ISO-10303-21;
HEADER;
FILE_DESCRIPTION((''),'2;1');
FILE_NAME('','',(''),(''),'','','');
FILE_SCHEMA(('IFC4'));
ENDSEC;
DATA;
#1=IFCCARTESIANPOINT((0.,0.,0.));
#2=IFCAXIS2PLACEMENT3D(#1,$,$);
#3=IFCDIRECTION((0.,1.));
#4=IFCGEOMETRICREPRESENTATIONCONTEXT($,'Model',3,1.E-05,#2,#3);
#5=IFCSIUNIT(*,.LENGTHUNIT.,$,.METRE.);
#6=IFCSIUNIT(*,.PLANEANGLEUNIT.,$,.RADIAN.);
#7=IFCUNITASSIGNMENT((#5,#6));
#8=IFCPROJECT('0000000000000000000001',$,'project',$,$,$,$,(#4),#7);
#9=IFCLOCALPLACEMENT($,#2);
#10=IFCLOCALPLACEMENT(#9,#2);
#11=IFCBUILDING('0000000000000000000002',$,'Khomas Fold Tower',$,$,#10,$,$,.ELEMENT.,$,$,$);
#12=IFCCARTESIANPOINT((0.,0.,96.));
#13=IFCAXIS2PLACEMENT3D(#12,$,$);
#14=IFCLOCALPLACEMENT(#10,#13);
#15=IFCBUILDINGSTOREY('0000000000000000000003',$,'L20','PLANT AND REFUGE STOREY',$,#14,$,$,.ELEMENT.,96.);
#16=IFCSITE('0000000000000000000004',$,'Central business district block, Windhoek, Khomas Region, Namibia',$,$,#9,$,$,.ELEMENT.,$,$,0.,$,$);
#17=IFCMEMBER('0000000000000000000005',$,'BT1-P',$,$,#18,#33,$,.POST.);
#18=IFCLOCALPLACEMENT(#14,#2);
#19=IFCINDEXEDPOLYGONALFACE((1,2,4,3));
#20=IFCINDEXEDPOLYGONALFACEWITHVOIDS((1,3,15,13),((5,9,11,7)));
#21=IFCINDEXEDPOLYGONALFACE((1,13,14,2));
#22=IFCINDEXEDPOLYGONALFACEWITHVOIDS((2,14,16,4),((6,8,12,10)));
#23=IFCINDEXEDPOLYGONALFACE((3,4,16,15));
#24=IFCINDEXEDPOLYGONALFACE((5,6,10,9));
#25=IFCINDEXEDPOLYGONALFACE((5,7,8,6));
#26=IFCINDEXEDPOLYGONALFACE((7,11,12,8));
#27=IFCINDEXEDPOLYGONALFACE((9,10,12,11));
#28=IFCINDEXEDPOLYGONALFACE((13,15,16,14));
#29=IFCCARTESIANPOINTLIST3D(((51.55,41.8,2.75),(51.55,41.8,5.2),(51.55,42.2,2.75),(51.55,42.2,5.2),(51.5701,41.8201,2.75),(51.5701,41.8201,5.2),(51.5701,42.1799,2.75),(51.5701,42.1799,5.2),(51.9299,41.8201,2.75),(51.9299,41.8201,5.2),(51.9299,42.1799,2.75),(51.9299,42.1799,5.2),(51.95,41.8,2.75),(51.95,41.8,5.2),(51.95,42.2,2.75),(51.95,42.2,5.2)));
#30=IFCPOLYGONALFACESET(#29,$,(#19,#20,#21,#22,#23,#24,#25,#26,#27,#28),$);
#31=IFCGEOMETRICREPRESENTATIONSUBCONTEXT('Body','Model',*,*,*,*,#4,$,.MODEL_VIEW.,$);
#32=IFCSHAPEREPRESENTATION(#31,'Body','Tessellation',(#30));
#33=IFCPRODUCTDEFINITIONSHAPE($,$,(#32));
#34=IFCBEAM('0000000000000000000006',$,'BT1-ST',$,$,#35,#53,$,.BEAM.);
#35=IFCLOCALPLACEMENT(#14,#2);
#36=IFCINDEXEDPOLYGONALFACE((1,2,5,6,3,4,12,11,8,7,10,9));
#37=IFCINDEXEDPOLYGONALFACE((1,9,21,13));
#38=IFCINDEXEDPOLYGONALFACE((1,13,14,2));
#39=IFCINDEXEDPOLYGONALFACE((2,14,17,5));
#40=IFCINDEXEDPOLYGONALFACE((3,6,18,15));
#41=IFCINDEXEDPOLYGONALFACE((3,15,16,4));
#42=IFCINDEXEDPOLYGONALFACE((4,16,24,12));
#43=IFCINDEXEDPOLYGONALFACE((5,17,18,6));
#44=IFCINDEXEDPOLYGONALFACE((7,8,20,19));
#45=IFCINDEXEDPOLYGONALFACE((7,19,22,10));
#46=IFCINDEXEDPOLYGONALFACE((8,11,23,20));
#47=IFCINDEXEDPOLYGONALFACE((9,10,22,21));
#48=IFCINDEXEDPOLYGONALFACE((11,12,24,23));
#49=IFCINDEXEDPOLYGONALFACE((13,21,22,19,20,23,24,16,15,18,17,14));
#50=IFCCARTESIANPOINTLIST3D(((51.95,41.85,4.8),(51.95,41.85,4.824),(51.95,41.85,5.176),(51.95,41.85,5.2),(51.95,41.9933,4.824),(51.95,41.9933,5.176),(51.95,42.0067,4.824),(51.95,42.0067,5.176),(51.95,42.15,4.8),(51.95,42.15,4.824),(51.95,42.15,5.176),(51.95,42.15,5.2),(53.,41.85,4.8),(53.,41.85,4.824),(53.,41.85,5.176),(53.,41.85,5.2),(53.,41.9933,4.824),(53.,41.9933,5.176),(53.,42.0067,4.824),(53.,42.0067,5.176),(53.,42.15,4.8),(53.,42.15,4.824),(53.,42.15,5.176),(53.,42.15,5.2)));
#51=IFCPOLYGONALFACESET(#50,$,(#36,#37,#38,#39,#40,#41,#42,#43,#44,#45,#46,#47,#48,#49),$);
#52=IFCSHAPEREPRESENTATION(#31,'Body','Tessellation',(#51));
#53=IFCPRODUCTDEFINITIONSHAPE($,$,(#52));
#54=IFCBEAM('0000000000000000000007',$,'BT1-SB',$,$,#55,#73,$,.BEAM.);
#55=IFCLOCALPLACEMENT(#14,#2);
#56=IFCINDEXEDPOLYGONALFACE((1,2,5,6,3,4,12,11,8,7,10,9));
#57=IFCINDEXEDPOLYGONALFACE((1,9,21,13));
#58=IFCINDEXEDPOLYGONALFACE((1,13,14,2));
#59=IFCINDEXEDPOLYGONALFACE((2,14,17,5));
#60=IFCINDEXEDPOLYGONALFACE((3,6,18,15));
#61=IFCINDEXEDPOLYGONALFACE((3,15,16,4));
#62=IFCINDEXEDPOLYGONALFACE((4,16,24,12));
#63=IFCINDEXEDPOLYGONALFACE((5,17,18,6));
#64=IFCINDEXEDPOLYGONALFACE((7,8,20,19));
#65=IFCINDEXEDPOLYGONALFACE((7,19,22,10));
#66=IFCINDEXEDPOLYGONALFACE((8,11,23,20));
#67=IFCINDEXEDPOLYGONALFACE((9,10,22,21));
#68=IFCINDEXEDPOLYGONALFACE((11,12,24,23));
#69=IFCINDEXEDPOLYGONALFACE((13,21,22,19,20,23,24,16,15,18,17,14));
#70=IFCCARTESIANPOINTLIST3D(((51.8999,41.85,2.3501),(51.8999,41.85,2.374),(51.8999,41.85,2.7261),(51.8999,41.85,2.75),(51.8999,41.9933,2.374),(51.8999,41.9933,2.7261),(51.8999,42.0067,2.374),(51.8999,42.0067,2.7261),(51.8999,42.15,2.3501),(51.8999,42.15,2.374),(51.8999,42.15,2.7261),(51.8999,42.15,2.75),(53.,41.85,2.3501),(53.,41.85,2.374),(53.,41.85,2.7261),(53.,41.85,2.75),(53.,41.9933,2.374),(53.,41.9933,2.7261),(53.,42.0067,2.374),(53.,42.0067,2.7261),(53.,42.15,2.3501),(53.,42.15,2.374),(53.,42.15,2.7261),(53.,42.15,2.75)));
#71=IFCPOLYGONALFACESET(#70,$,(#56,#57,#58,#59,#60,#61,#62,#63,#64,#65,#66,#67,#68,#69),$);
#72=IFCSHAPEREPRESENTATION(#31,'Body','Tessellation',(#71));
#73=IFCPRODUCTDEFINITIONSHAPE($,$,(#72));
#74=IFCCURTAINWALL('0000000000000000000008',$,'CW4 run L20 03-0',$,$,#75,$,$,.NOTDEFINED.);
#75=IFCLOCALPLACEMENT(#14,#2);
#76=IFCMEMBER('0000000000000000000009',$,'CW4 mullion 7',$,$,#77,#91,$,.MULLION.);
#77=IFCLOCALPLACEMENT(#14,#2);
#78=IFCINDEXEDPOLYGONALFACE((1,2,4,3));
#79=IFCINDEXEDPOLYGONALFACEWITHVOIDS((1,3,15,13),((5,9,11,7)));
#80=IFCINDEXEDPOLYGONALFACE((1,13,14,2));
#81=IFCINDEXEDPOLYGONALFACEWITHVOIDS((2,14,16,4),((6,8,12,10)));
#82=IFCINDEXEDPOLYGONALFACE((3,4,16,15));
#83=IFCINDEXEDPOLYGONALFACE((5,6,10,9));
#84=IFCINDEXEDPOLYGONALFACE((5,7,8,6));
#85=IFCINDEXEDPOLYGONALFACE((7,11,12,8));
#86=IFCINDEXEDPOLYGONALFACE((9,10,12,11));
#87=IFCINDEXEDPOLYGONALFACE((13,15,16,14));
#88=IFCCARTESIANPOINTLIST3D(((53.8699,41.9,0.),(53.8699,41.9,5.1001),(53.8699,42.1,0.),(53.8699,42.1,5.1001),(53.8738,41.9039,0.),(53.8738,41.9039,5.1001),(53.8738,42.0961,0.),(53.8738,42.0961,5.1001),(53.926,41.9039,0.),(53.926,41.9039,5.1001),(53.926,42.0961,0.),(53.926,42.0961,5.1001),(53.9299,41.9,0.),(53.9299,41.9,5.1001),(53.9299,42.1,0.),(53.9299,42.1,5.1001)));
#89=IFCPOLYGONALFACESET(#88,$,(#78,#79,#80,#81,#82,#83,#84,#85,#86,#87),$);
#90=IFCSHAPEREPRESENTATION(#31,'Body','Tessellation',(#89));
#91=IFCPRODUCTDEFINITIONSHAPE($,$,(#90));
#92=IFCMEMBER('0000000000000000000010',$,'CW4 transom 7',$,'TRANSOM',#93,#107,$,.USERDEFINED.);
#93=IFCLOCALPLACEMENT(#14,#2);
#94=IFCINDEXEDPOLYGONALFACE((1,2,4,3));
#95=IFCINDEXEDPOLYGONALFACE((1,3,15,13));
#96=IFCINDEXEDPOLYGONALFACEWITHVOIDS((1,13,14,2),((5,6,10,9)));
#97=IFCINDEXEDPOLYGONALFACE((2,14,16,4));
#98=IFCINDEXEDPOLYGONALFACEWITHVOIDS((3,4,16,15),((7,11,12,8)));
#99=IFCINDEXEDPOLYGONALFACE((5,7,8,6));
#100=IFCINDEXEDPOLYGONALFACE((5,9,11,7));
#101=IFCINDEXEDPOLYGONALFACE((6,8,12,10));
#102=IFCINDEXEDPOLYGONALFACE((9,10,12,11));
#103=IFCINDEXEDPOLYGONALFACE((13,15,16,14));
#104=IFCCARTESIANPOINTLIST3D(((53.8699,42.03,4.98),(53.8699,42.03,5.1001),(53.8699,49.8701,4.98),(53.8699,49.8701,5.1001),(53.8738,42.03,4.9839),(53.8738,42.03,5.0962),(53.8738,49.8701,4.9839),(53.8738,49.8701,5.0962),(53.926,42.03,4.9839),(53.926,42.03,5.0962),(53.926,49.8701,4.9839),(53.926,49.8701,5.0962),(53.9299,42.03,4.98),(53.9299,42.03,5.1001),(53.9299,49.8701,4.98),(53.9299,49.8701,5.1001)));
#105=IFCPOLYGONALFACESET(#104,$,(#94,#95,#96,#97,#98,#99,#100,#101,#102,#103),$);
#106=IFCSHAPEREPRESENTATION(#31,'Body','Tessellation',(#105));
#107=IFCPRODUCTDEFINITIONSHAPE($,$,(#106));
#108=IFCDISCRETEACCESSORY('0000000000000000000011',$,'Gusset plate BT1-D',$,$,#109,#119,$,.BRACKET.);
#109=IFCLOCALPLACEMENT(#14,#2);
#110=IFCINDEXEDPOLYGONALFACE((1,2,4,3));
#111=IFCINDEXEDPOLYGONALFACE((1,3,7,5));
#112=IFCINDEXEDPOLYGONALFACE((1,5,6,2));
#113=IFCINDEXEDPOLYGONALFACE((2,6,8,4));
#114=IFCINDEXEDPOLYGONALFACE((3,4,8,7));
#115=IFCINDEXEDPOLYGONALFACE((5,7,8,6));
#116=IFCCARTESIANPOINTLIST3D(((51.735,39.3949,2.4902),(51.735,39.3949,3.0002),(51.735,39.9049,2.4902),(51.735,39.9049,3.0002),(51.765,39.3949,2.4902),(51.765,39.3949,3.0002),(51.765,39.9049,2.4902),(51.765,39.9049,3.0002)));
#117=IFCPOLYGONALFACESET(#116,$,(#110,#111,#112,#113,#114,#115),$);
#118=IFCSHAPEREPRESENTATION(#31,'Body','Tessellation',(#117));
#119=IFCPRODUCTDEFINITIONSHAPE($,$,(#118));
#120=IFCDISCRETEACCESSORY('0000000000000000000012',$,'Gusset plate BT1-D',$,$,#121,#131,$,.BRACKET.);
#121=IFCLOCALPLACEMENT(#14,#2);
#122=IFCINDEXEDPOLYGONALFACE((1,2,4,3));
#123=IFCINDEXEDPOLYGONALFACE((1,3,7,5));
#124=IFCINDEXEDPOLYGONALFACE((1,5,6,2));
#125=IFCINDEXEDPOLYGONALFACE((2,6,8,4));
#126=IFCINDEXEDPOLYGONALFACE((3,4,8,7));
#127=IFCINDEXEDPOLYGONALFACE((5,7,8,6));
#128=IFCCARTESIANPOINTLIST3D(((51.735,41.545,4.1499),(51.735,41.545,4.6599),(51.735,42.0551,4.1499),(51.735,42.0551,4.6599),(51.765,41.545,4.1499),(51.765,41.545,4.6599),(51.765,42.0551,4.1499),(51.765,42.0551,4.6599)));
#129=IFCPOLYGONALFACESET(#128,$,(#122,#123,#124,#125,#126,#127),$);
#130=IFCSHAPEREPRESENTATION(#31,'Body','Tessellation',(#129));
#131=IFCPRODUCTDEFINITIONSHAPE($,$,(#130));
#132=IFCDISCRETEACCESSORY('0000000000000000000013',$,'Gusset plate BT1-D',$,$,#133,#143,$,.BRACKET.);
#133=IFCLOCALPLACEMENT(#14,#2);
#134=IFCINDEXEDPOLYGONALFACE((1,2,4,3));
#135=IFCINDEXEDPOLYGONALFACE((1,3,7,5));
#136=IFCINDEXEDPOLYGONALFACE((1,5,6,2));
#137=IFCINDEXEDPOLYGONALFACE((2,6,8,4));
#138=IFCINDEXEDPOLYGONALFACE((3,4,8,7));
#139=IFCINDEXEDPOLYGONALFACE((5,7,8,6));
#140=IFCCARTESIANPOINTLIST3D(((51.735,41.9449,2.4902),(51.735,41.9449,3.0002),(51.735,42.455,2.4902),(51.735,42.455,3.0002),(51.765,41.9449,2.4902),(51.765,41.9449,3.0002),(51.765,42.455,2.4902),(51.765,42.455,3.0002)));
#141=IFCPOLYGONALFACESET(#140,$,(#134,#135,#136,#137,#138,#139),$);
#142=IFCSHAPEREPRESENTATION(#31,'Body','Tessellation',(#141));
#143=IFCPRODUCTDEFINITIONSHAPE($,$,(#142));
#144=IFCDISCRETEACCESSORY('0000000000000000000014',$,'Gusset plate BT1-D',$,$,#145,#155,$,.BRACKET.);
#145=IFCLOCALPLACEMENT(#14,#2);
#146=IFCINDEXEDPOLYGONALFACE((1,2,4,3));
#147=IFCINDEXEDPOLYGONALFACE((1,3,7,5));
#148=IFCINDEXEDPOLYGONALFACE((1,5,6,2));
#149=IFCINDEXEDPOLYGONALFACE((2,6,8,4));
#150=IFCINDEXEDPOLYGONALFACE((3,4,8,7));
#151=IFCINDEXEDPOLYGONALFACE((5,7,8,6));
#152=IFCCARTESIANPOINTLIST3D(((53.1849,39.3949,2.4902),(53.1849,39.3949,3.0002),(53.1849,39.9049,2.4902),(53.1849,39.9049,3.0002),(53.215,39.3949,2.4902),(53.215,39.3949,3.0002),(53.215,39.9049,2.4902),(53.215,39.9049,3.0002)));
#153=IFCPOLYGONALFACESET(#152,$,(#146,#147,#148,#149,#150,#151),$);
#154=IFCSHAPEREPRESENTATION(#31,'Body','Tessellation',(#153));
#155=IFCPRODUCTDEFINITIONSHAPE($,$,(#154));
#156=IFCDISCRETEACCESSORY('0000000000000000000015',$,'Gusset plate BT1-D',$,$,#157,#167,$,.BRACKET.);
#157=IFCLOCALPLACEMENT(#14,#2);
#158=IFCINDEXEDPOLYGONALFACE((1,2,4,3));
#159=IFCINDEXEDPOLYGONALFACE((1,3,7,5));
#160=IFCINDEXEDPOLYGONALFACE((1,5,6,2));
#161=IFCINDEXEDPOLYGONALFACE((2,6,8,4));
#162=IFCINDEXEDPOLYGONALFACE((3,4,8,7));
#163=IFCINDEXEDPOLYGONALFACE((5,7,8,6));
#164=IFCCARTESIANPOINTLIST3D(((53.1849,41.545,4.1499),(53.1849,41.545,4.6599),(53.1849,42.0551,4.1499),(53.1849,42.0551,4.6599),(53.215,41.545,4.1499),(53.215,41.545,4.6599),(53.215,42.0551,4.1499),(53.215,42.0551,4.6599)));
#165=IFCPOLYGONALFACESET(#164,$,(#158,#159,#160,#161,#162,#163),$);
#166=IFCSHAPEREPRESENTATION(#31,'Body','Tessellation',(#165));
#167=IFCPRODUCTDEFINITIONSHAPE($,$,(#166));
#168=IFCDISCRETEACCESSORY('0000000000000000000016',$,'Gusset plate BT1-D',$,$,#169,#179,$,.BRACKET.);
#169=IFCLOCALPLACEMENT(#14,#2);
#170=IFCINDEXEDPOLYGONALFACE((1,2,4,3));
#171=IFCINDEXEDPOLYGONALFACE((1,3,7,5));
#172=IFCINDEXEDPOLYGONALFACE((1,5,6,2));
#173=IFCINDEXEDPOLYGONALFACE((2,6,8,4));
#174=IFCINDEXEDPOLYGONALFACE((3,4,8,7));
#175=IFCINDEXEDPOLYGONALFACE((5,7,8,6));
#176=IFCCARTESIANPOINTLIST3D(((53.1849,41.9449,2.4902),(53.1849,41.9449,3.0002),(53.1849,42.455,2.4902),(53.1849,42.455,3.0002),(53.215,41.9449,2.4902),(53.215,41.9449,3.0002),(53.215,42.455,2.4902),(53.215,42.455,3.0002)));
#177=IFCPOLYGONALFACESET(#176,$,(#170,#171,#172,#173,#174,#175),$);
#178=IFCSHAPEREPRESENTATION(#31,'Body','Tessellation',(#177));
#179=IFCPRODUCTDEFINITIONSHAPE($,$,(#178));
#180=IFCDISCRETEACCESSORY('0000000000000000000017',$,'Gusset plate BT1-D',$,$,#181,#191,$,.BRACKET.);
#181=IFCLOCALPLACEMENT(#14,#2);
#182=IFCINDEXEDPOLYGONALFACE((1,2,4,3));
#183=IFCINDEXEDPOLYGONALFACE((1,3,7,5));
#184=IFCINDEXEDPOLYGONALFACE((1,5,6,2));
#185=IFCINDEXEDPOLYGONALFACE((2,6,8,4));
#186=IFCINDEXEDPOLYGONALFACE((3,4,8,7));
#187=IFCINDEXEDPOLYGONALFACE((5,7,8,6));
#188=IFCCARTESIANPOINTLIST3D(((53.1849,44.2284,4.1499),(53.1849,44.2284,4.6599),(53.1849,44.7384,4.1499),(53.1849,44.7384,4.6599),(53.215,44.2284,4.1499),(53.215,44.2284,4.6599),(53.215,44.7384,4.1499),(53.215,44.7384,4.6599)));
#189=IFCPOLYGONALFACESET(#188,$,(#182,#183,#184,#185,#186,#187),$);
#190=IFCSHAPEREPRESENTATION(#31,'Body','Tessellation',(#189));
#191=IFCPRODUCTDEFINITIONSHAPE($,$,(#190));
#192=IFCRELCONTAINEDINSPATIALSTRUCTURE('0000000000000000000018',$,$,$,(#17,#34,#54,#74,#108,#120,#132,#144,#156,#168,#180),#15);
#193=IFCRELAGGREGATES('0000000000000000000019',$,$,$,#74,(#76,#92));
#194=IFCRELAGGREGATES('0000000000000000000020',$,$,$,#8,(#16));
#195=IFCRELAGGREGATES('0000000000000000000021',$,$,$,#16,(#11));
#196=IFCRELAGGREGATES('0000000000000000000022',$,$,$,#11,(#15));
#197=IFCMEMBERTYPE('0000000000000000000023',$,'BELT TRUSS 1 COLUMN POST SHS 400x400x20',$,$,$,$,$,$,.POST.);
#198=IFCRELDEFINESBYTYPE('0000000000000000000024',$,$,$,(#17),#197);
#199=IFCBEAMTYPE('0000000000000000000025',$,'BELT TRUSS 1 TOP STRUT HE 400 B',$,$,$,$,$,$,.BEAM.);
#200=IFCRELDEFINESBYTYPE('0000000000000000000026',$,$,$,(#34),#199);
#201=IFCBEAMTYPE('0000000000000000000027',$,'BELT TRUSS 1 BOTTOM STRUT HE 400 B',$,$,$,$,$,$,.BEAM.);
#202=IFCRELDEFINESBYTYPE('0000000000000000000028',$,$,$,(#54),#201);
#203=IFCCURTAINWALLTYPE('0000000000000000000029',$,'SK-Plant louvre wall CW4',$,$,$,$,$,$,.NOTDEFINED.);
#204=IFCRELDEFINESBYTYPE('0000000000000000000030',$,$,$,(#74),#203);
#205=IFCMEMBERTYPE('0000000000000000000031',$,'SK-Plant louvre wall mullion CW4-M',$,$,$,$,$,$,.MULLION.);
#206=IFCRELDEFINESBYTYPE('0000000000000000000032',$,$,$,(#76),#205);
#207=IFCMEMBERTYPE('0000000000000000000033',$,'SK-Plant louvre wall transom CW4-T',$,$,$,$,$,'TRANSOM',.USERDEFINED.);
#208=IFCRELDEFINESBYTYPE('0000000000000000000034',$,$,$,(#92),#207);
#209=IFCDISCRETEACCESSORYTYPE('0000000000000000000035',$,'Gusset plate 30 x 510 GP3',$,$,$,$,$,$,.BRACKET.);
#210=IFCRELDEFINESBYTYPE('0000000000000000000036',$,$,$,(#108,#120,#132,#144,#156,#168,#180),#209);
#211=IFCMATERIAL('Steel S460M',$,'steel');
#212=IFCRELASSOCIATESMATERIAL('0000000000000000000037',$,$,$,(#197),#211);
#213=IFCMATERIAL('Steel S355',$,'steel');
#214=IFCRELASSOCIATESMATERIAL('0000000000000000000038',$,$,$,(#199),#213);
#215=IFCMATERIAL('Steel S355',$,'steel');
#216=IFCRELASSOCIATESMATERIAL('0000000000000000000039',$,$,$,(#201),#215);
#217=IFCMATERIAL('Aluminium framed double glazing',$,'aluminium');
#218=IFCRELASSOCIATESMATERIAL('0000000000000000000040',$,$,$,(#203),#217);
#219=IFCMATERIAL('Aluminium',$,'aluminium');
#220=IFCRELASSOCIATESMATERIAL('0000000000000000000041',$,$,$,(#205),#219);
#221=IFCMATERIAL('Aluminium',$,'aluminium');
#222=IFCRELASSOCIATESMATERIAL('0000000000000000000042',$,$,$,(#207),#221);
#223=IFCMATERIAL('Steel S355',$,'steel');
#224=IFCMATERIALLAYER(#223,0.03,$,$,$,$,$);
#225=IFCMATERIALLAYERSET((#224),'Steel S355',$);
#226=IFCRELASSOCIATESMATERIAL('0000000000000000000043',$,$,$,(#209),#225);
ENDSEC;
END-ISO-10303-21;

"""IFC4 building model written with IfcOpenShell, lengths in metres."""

from ifc_helpers import new_model, si_unit, direction, frame, origin, origin_2d, place, context, subcontext, project, spatial, rectangle, hollow_rectangle, i_section, extrude, source, transform, mapped, material, layer, layer_set, material_profile, profile_set, type_object, element, aggregate, save


model = new_model("IFC4")

# Units and contexts
model_context = context("Model", 3, precision=1e-05, world=origin(), true_north=direction((0.0, 1.0)))
body_context = subcontext(model_context, "Body", "Model", "MODEL_VIEW")
ifc_project = project(units=[si_unit("LENGTHUNIT", "METRE"), si_unit("PLANEANGLEUNIT", "RADIAN")], contexts=[model_context])

# Site, building, storey
site_placement = place(None, origin())
site = spatial("IfcSite", under=ifc_project, at=site_placement, Name="Central business district block, Windhoek, Khomas Region, Namibia", CompositionType="ELEMENT", RefElevation=0.0)
building_placement = place(site_placement, origin())
building = spatial("IfcBuilding", under=site, at=building_placement, Name="Khomas Fold Tower", CompositionType="ELEMENT")
storey_placement = place(building_placement, frame((0.0, 0.0, 96.0)))
storey = spatial("IfcBuildingStorey", under=building, at=storey_placement, Name="L20", Description="PLANT AND REFUGE STOREY", CompositionType="ELEMENT", Elevation=96.0)

# Member
ifc_material_1 = material(Name="Steel S460M", Category="steel")
ifc_material_profile_1 = material_profile(ifc_material_1, hollow_rectangle(XDim=0.3999, YDim=0.3999, WallThickness=0.02, at=origin_2d()), Name="SHS 400x400x20")
ifc_profile_set_1 = profile_set([ifc_material_profile_1], Name="Steel S460M")
member_type_1 = type_object("IfcMemberType", Name="BELT TRUSS 1 COLUMN POST SHS 400x400x20", PredefinedType="POST", material=ifc_profile_set_1)
shared_shape_1 = source(origin(), body_context, "Body", "SweptSolid", [
    extrude(hollow_rectangle(XDim=0.3999, YDim=0.3999, WallThickness=0.02, at=origin_2d()), origin(), (0.0, 0.0, 1.0), 2.45),
])
member_1_placement = place(storey_placement, frame((51.75, 42.0, 2.75), z_axis=(0.0, 0.0, 1.0), x_axis=(1.0, 0.0, 0.0)))
element("IfcMember", 1, at=member_1_placement, inside=storey, type_object=member_type_1, Name="BT1-P", PredefinedType="POST", context=body_context, shape_type="MappedRepresentation", body=[
    mapped(shared_shape_1, transform((0.0, 0.0, 0.0))),
])

# Beams
ifc_material_2 = material(Name="Steel S355", Category="steel")
ifc_material_profile_2 = material_profile(ifc_material_2, i_section(OverallWidth=0.3, OverallDepth=0.3999, WebThickness=0.0134, FlangeThickness=0.0239, at=origin_2d()), Name="HE 400 B")
ifc_profile_set_2 = profile_set([ifc_material_profile_2], Name="Steel S355")
beam_type_1 = type_object("IfcBeamType", Name="BELT TRUSS 1 TOP STRUT HE 400 B", PredefinedType="BEAM", material=ifc_profile_set_2)
shared_shape_2 = source(origin(), body_context, "Body", "SweptSolid", [
    extrude(i_section(OverallWidth=0.3, OverallDepth=0.3999, WebThickness=0.0134, FlangeThickness=0.0239, at=origin_2d()), origin(), (0.0, 0.0, 1.0), 1.05),
])
beam_1_placement = place(storey_placement, frame((51.95, 42.0, 5.0), z_axis=(1.0, 0.0, 0.0), x_axis=(0.0, 1.0, 0.0)))
element("IfcBeam", 2, at=beam_1_placement, inside=storey, type_object=beam_type_1, Name="BT1-ST", PredefinedType="BEAM", context=body_context, shape_type="MappedRepresentation", body=[
    mapped(shared_shape_2, transform((0.0, 0.0, 0.0))),
])
ifc_material_3 = material(Name="Steel S355", Category="steel")
ifc_material_profile_3 = material_profile(ifc_material_3, i_section(OverallWidth=0.3, OverallDepth=0.3999, WebThickness=0.0134, FlangeThickness=0.0239, at=origin_2d()), Name="HE 400 B")
ifc_profile_set_3 = profile_set([ifc_material_profile_3], Name="Steel S355")
beam_type_2 = type_object("IfcBeamType", Name="BELT TRUSS 1 BOTTOM STRUT HE 400 B", PredefinedType="BEAM", material=ifc_profile_set_3)
shared_shape_3 = source(origin(), body_context, "Body", "SweptSolid", [
    extrude(i_section(OverallWidth=0.3, OverallDepth=0.3999, WebThickness=0.0134, FlangeThickness=0.0239, at=origin_2d()), origin(), (0.0, 0.0, 1.0), 1.1001),
])
beam_2_placement = place(storey_placement, frame((51.8999, 42.0, 2.55), z_axis=(1.0, 0.0, 0.0), x_axis=(0.0, 1.0, 0.0)))
element("IfcBeam", 3, at=beam_2_placement, inside=storey, type_object=beam_type_2, Name="BT1-SB", PredefinedType="BEAM", context=body_context, shape_type="MappedRepresentation", body=[
    mapped(shared_shape_3, transform((0.0, 0.0, 0.0))),
])

# Curtain wall, members
ifc_material_4 = material(Name="Aluminium framed double glazing", Category="aluminium")
curtain_wall_type = type_object("IfcCurtainWallType", Name="SK-Plant louvre wall CW4", PredefinedType="NOTDEFINED", material=ifc_material_4)
curtain_wall_placement = place(storey_placement, origin())
curtain_wall = element("IfcCurtainWall", 4, at=curtain_wall_placement, inside=storey, type_object=curtain_wall_type, Name="CW4 run L20 03-0", PredefinedType="NOTDEFINED")
ifc_material_5 = material(Name="Aluminium", Category="aluminium")
ifc_material_profile_4 = material_profile(ifc_material_5, hollow_rectangle(XDim=0.0601, YDim=0.2, WallThickness=0.0039, at=origin_2d()), Name="SK-Plant louvre wall mullion CW4-M")
ifc_profile_set_4 = profile_set([ifc_material_profile_4], Name="Aluminium")
member_type_2 = type_object("IfcMemberType", Name="SK-Plant louvre wall mullion CW4-M", PredefinedType="MULLION", material=ifc_profile_set_4)
shared_shape_4 = source(origin(), body_context, "Body", "SweptSolid", [
    extrude(hollow_rectangle(XDim=0.0601, YDim=0.2, WallThickness=0.0039, at=origin_2d()), origin(), (0.0, 0.0, 1.0), 5.1001),
])
member_2_placement = place(storey_placement, frame((53.8999, 42.0, 0.0), z_axis=(0.0, 0.0, 1.0), x_axis=(-1.0, 0.0, 0.0)))
member_2 = element("IfcMember", 5, at=member_2_placement, type_object=member_type_2, Name="CW4 mullion 7", PredefinedType="MULLION", context=body_context, shape_type="MappedRepresentation", body=[
    mapped(shared_shape_4, transform((0.0, 0.0, 0.0))),
])
ifc_material_6 = material(Name="Aluminium", Category="aluminium")
ifc_material_profile_5 = material_profile(ifc_material_6, hollow_rectangle(XDim=0.0601, YDim=0.1201, WallThickness=0.0039, at=origin_2d()), Name="SK-Plant louvre wall transom CW4-T")
ifc_profile_set_5 = profile_set([ifc_material_profile_5], Name="Aluminium")
member_type_3 = type_object("IfcMemberType", Name="SK-Plant louvre wall transom CW4-T", ElementType="TRANSOM", PredefinedType="USERDEFINED", material=ifc_profile_set_5)
shared_shape_5 = source(origin(), body_context, "Body", "SweptSolid", [
    extrude(hollow_rectangle(XDim=0.0601, YDim=0.1201, WallThickness=0.0039, at=origin_2d()), origin(), (0.0, 0.0, 1.0), 7.8401),
])
member_3_placement = place(storey_placement, frame((53.8999, 42.03, 5.04), z_axis=(0.0, 1.0, 0.0), x_axis=(-1.0, 0.0, 0.0)))
member_3 = element("IfcMember", 6, at=member_3_placement, type_object=member_type_3, Name="CW4 transom 7", ObjectType="TRANSOM", PredefinedType="USERDEFINED", context=body_context, shape_type="MappedRepresentation", body=[
    mapped(shared_shape_5, transform((0.0, 0.0, 0.0))),
])
aggregate(curtain_wall, [member_2, member_3])

# Discrete accessories
ifc_material_7 = material(Name="Steel S355", Category="steel")
ifc_layer = layer(ifc_material_7, 0.03)
ifc_layer_set = layer_set([ifc_layer], Name="Steel S355")
discrete_accessory_type = type_object("IfcDiscreteAccessoryType", Name="Gusset plate 30 x 510 GP3", PredefinedType="BRACKET", material=ifc_layer_set)
shared_shape_6 = source(origin(), body_context, "Body", "SweptSolid", [
    extrude(rectangle(XDim=0.51, YDim=0.03, at=origin_2d()), origin(), (0.0, 0.0, 1.0), 0.51),
])
for number, where, z_axis, x_axis, name in (
    (7, (51.75, 39.6499, 2.4902), (0.0, 0.0, 1.0), (0.0, 1.0, 0.0), "Gusset plate BT1-D"),
    (8, (51.75, 41.8, 4.1499), (0.0, 0.0, 1.0), (0.0, 1.0, 0.0), "Gusset plate BT1-D"),
    (9, (51.75, 42.2, 2.4902), (0.0, 0.0, 1.0), (0.0, 1.0, 0.0), "Gusset plate BT1-D"),
    (10, (53.2, 39.6499, 2.4902), (0.0, 0.0, 1.0), (0.0, 1.0, 0.0), "Gusset plate BT1-D"),
    (11, (53.2, 41.8, 4.1499), (0.0, 0.0, 1.0), (0.0, 1.0, 0.0), "Gusset plate BT1-D"),
    (12, (53.2, 42.2, 2.4902), (0.0, 0.0, 1.0), (0.0, 1.0, 0.0), "Gusset plate BT1-D"),
    (13, (53.2, 44.4834, 4.1499), (0.0, 0.0, 1.0), (0.0, 1.0, 0.0), "Gusset plate BT1-D"),
):
    element("IfcDiscreteAccessory", number, at=place(storey_placement, frame(where, z_axis=z_axis, x_axis=x_axis)), inside=storey, type_object=discrete_accessory_type, Name=name, PredefinedType="BRACKET", context=body_context, shape_type="MappedRepresentation", body=[
        mapped(shared_shape_6, transform((0.0, 0.0, 0.0))),
    ])

save(model, "model.ifc")
